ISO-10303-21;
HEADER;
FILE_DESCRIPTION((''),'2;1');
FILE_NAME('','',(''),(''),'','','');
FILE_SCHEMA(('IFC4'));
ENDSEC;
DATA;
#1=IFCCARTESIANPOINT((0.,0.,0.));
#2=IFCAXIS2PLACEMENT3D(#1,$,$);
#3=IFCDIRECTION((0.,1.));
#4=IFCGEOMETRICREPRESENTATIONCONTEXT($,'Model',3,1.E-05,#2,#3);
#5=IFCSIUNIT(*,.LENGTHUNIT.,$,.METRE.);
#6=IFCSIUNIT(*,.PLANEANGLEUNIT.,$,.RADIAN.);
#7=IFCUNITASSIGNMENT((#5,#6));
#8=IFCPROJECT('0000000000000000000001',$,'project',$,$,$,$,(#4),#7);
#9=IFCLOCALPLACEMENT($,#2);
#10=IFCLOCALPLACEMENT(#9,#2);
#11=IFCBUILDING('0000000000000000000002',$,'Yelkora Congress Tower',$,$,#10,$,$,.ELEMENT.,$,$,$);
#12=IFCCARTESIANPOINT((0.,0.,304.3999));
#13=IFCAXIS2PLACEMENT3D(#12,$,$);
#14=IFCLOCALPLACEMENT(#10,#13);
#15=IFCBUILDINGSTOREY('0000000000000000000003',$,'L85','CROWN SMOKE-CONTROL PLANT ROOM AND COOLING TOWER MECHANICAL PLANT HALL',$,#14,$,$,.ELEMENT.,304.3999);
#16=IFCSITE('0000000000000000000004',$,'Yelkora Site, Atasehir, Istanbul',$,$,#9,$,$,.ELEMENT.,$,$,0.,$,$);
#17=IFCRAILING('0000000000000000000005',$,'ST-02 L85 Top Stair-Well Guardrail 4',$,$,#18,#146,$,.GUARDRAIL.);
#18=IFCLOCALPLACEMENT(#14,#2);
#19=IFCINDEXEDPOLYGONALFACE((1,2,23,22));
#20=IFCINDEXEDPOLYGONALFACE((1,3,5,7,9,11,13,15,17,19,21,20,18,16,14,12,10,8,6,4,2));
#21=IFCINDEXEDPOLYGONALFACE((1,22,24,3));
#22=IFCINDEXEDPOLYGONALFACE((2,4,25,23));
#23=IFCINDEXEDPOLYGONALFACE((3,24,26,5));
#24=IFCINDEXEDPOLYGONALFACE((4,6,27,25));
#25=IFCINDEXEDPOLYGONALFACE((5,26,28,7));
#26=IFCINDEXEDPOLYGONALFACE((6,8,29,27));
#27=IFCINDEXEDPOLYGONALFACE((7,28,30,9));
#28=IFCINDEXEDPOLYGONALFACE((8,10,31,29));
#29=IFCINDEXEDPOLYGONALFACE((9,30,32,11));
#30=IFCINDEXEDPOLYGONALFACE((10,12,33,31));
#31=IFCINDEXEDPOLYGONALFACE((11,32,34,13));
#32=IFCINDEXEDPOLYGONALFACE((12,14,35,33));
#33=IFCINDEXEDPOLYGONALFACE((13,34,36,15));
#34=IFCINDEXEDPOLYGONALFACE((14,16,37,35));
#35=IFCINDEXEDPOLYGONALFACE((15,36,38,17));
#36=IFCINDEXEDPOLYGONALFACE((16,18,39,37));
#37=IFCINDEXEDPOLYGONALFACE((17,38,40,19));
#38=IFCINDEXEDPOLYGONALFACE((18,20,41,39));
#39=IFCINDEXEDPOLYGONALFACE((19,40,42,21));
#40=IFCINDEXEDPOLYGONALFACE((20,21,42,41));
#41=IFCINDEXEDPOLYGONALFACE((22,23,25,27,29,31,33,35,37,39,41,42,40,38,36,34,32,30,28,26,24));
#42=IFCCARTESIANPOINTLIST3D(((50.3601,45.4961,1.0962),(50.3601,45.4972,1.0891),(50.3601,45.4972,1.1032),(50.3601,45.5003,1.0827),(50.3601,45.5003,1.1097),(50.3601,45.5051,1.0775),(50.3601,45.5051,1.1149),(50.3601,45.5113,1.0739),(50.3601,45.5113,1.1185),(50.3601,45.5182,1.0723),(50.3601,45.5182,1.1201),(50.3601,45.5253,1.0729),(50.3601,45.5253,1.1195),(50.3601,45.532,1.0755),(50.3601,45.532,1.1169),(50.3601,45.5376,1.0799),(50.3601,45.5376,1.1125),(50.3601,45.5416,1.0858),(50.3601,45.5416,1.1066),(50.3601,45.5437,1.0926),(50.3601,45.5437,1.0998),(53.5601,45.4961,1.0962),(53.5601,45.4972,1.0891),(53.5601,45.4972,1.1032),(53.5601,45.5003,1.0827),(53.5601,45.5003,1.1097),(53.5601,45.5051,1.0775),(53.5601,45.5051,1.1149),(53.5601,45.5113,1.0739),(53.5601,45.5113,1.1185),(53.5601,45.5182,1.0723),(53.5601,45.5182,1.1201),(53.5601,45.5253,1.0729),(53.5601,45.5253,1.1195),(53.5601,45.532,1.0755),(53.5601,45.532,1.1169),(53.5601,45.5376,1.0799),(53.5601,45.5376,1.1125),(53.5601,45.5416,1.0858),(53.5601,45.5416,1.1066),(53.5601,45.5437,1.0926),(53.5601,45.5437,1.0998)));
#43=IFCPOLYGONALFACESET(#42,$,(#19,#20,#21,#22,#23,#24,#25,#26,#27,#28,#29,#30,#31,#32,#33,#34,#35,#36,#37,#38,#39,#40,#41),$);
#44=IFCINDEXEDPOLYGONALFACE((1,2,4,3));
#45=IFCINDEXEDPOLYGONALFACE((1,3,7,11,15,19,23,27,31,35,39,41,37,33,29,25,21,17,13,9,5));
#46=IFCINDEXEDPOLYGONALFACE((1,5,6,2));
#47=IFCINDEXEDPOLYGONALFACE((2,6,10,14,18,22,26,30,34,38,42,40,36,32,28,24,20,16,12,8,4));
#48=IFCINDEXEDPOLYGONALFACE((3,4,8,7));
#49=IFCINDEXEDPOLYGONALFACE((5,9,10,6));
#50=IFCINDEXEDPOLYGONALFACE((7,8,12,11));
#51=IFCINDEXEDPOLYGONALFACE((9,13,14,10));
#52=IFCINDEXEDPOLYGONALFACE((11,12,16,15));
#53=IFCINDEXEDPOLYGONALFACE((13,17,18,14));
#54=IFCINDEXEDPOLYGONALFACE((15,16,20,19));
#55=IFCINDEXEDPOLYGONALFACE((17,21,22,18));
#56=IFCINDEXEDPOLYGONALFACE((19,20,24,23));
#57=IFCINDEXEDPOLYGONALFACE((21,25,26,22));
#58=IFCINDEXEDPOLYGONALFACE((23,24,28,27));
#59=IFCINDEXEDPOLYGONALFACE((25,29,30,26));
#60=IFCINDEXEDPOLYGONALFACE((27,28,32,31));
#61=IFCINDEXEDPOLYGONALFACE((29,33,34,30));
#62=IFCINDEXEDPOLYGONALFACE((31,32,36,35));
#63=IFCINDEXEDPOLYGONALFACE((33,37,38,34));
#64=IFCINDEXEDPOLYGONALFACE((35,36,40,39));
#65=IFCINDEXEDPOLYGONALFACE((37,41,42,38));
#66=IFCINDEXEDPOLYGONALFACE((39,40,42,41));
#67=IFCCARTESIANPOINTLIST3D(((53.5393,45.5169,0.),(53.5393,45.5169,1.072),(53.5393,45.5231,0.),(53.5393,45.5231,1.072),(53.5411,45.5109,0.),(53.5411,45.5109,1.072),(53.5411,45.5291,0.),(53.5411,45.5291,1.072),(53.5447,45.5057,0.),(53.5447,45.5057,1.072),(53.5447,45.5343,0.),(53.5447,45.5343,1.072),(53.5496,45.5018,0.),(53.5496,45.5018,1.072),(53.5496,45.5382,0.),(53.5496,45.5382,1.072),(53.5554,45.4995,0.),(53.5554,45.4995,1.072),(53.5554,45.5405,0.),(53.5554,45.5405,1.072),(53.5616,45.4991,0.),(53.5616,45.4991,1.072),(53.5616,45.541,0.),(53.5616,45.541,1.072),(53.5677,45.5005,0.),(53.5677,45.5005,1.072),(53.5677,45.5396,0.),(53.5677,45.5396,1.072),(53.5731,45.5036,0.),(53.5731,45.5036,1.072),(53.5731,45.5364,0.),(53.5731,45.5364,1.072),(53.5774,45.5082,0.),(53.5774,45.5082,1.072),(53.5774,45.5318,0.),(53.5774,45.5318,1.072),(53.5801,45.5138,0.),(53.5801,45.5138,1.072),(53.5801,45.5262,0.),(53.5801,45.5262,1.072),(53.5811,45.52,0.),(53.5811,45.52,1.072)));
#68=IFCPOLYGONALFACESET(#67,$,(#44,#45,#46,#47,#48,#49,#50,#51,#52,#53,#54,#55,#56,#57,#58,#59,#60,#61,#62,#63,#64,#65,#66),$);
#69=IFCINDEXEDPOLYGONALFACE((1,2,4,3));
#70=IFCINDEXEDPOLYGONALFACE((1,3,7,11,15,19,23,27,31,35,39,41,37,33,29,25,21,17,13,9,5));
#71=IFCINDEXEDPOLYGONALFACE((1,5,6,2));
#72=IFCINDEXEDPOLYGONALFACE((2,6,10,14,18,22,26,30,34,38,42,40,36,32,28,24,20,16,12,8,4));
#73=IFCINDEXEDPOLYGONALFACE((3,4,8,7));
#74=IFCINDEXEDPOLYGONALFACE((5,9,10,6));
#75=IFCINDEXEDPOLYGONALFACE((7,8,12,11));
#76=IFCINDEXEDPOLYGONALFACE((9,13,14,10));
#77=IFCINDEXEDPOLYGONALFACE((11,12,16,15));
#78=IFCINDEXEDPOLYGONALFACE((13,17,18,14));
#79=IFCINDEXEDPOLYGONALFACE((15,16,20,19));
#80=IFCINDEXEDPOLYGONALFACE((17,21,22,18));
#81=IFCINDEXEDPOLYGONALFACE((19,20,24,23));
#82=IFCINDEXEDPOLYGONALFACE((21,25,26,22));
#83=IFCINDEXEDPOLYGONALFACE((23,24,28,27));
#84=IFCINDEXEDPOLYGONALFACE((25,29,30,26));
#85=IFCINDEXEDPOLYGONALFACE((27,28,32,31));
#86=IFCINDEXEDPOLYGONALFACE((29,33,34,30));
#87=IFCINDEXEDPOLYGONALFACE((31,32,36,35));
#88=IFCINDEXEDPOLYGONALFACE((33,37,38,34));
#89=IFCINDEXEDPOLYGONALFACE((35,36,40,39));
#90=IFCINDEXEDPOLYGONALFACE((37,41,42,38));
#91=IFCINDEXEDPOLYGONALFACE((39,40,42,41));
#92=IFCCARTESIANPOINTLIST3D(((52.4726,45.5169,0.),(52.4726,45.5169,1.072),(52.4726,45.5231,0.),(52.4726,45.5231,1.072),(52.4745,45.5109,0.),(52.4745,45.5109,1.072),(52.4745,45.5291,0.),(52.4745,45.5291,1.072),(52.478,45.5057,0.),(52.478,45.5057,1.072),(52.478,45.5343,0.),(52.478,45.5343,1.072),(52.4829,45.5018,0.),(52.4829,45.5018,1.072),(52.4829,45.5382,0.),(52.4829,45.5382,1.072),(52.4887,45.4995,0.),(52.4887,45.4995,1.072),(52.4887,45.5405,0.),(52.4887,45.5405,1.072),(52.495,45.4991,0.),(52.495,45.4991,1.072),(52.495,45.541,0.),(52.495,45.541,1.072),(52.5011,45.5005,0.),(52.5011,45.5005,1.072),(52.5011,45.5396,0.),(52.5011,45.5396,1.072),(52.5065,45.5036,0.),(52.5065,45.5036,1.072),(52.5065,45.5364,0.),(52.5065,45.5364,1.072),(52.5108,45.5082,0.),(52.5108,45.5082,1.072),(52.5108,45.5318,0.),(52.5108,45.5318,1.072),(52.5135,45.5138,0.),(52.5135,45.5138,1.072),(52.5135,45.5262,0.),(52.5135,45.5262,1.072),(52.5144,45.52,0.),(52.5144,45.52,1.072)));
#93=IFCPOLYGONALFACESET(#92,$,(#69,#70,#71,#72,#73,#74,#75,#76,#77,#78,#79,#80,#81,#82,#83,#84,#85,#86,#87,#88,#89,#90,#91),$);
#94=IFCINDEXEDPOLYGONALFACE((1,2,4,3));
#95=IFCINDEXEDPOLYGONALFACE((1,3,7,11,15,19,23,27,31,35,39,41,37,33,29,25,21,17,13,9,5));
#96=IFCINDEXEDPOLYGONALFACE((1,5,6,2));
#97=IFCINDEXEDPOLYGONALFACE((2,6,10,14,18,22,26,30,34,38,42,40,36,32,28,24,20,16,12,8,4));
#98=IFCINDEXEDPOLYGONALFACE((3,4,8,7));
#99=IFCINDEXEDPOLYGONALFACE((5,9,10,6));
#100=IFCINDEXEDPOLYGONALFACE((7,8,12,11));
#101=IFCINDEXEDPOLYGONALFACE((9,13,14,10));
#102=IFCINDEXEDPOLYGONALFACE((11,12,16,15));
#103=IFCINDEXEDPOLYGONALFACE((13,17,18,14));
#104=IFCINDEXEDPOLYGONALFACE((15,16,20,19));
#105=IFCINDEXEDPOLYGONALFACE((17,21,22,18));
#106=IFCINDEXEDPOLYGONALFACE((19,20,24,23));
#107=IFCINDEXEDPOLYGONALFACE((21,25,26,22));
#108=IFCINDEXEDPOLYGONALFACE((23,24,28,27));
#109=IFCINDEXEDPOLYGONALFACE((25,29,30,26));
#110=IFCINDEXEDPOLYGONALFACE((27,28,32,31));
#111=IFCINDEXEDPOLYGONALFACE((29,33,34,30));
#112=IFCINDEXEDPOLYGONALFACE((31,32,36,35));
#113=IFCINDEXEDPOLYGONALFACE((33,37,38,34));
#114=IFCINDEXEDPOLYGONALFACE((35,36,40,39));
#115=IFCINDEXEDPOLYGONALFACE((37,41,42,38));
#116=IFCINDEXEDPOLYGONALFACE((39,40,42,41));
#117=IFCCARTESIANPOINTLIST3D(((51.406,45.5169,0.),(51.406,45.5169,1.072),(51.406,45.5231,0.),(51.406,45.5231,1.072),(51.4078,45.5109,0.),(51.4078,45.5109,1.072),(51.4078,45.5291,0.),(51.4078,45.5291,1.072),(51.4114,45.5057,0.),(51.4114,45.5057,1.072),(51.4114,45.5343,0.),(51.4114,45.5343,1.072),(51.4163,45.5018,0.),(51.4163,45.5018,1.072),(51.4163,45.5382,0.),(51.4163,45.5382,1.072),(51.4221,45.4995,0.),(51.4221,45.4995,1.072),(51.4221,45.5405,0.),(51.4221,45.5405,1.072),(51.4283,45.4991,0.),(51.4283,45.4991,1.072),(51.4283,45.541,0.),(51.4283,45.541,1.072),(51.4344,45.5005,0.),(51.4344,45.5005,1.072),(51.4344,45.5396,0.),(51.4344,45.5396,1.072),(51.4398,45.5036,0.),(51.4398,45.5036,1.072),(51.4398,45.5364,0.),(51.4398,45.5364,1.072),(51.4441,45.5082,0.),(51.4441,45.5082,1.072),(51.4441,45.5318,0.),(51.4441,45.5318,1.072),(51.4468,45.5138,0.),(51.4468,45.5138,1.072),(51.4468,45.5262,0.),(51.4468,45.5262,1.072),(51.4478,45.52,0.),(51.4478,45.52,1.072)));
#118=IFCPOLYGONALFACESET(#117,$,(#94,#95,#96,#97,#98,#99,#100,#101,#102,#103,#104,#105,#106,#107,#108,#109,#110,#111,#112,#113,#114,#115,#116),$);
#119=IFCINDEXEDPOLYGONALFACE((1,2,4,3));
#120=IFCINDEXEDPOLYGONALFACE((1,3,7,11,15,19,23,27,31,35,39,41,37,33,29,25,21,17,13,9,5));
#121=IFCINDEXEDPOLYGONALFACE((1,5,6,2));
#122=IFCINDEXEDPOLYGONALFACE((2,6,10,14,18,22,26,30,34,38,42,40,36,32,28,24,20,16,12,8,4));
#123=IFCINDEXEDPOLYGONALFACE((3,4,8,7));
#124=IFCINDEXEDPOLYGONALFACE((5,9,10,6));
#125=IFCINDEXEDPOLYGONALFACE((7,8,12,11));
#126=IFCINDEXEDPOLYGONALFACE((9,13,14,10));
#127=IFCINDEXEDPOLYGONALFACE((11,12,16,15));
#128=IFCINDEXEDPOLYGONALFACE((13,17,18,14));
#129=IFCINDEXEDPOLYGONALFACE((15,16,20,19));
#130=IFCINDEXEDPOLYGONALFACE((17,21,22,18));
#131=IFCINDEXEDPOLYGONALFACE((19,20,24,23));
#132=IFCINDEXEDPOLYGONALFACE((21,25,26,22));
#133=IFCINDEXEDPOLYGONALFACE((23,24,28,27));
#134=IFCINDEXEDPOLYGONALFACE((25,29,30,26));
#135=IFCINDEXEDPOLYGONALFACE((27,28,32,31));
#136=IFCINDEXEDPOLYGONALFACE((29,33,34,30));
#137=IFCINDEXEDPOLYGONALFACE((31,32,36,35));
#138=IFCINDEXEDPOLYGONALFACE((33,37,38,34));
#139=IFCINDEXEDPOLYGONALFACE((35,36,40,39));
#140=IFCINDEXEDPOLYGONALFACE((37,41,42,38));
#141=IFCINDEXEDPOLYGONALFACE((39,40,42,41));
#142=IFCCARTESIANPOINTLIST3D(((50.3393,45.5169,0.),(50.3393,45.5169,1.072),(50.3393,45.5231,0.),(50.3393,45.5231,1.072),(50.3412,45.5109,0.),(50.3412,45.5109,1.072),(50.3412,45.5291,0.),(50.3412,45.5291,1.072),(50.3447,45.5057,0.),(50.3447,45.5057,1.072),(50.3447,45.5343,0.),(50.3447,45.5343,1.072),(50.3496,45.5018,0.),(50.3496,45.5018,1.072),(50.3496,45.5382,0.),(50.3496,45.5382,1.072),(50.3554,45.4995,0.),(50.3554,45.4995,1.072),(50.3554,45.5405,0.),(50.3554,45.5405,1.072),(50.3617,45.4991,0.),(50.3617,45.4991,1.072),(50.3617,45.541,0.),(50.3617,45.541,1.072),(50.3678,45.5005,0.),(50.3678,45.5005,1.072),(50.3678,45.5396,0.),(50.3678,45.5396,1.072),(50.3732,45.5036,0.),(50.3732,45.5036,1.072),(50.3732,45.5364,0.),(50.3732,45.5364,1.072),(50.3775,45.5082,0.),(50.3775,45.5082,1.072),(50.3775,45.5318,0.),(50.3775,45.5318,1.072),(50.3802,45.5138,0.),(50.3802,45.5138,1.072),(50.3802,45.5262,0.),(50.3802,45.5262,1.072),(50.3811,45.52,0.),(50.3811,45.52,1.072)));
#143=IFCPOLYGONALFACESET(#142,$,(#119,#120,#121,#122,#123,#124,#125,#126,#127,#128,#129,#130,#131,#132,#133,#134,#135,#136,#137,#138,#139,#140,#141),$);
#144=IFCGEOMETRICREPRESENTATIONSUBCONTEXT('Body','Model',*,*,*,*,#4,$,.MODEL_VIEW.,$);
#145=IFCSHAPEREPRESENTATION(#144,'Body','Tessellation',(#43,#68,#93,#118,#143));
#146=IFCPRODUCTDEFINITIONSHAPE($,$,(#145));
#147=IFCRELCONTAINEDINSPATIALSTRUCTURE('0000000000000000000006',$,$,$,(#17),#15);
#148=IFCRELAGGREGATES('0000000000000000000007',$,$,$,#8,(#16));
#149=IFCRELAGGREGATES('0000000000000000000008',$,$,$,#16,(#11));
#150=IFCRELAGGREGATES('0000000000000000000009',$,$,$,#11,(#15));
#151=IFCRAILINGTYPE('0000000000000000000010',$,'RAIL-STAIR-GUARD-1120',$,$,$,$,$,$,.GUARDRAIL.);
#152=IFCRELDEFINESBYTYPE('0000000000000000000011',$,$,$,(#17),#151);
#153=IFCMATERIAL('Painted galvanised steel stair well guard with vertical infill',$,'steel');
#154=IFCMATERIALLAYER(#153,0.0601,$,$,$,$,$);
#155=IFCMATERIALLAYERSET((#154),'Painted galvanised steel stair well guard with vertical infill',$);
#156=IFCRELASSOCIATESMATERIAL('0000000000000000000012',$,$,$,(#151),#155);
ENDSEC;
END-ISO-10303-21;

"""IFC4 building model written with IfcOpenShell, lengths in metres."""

from ifc_helpers import new_model, si_unit, direction, frame, origin, origin_2d, place, context, subcontext, project, spatial, circle, extrude, material, layer, layer_set, type_object, element, save


model = new_model("IFC4")

# Units and contexts
model_context = context("Model", 3, precision=1e-05, world=origin(), true_north=direction((0.0, 1.0)))
body_context = subcontext(model_context, "Body", "Model", "MODEL_VIEW")
ifc_project = project(units=[si_unit("LENGTHUNIT", "METRE"), si_unit("PLANEANGLEUNIT", "RADIAN")], contexts=[model_context])

# Site, building, storey
site_placement = place(None, origin())
site = spatial("IfcSite", under=ifc_project, at=site_placement, Name="Yelkora Site, Atasehir, Istanbul", CompositionType="ELEMENT", RefElevation=0.0)
building_placement = place(site_placement, origin())
building = spatial("IfcBuilding", under=site, at=building_placement, Name="Yelkora Congress Tower", CompositionType="ELEMENT")
storey_placement = place(building_placement, frame((0.0, 0.0, 304.3999)))
storey = spatial("IfcBuildingStorey", under=building, at=storey_placement, Name="L85", Description="CROWN SMOKE-CONTROL PLANT ROOM AND COOLING TOWER MECHANICAL PLANT HALL", CompositionType="ELEMENT", Elevation=304.3999)

# Railing
ifc_material_1 = material(Name="Painted galvanised steel stair well guard with vertical infill", Category="steel")
ifc_layer_1 = layer(ifc_material_1, 0.0601)
ifc_layer_set_1 = layer_set([ifc_layer_1], Name="Painted galvanised steel stair well guard with vertical infill")
railing_type = type_object("IfcRailingType", Name="RAIL-STAIR-GUARD-1120", PredefinedType="GUARDRAIL", material=ifc_layer_set_1)
railing_1_placement = place(storey_placement, frame((53.5601, 45.52, 0.0)))
element("IfcRailing", 1, at=railing_1_placement, inside=storey, type_object=railing_type, Name="ST-02 L85 Top Stair-Well Guardrail 4", PredefinedType="GUARDRAIL", context=body_context, shape_type="SweptSolid", body=[
    extrude(circle(Radius=0.0239, at=origin_2d()), frame((0.0, 0.0, 1.0962), z_axis=(-1.0, 0.0, 0.0), x_axis=(0.0, -1.0, 0.0)), (0.0, 0.0, 1.0), 3.2),
    extrude(circle(Radius=0.021, at=origin_2d()), origin(), (0.0, 0.0, 1.0), 1.072),
    extrude(circle(Radius=0.021, at=origin_2d()), frame((-1.0667, 0.0, 0.0)), (0.0, 0.0, 1.0), 1.072),
    extrude(circle(Radius=0.021, at=origin_2d()), frame((-2.1333, 0.0, 0.0)), (0.0, 0.0, 1.0), 1.072),
    extrude(circle(Radius=0.021, at=origin_2d()), frame((-3.2, 0.0, 0.0)), (0.0, 0.0, 1.0), 1.072),
])

save(model, "model.ifc")
